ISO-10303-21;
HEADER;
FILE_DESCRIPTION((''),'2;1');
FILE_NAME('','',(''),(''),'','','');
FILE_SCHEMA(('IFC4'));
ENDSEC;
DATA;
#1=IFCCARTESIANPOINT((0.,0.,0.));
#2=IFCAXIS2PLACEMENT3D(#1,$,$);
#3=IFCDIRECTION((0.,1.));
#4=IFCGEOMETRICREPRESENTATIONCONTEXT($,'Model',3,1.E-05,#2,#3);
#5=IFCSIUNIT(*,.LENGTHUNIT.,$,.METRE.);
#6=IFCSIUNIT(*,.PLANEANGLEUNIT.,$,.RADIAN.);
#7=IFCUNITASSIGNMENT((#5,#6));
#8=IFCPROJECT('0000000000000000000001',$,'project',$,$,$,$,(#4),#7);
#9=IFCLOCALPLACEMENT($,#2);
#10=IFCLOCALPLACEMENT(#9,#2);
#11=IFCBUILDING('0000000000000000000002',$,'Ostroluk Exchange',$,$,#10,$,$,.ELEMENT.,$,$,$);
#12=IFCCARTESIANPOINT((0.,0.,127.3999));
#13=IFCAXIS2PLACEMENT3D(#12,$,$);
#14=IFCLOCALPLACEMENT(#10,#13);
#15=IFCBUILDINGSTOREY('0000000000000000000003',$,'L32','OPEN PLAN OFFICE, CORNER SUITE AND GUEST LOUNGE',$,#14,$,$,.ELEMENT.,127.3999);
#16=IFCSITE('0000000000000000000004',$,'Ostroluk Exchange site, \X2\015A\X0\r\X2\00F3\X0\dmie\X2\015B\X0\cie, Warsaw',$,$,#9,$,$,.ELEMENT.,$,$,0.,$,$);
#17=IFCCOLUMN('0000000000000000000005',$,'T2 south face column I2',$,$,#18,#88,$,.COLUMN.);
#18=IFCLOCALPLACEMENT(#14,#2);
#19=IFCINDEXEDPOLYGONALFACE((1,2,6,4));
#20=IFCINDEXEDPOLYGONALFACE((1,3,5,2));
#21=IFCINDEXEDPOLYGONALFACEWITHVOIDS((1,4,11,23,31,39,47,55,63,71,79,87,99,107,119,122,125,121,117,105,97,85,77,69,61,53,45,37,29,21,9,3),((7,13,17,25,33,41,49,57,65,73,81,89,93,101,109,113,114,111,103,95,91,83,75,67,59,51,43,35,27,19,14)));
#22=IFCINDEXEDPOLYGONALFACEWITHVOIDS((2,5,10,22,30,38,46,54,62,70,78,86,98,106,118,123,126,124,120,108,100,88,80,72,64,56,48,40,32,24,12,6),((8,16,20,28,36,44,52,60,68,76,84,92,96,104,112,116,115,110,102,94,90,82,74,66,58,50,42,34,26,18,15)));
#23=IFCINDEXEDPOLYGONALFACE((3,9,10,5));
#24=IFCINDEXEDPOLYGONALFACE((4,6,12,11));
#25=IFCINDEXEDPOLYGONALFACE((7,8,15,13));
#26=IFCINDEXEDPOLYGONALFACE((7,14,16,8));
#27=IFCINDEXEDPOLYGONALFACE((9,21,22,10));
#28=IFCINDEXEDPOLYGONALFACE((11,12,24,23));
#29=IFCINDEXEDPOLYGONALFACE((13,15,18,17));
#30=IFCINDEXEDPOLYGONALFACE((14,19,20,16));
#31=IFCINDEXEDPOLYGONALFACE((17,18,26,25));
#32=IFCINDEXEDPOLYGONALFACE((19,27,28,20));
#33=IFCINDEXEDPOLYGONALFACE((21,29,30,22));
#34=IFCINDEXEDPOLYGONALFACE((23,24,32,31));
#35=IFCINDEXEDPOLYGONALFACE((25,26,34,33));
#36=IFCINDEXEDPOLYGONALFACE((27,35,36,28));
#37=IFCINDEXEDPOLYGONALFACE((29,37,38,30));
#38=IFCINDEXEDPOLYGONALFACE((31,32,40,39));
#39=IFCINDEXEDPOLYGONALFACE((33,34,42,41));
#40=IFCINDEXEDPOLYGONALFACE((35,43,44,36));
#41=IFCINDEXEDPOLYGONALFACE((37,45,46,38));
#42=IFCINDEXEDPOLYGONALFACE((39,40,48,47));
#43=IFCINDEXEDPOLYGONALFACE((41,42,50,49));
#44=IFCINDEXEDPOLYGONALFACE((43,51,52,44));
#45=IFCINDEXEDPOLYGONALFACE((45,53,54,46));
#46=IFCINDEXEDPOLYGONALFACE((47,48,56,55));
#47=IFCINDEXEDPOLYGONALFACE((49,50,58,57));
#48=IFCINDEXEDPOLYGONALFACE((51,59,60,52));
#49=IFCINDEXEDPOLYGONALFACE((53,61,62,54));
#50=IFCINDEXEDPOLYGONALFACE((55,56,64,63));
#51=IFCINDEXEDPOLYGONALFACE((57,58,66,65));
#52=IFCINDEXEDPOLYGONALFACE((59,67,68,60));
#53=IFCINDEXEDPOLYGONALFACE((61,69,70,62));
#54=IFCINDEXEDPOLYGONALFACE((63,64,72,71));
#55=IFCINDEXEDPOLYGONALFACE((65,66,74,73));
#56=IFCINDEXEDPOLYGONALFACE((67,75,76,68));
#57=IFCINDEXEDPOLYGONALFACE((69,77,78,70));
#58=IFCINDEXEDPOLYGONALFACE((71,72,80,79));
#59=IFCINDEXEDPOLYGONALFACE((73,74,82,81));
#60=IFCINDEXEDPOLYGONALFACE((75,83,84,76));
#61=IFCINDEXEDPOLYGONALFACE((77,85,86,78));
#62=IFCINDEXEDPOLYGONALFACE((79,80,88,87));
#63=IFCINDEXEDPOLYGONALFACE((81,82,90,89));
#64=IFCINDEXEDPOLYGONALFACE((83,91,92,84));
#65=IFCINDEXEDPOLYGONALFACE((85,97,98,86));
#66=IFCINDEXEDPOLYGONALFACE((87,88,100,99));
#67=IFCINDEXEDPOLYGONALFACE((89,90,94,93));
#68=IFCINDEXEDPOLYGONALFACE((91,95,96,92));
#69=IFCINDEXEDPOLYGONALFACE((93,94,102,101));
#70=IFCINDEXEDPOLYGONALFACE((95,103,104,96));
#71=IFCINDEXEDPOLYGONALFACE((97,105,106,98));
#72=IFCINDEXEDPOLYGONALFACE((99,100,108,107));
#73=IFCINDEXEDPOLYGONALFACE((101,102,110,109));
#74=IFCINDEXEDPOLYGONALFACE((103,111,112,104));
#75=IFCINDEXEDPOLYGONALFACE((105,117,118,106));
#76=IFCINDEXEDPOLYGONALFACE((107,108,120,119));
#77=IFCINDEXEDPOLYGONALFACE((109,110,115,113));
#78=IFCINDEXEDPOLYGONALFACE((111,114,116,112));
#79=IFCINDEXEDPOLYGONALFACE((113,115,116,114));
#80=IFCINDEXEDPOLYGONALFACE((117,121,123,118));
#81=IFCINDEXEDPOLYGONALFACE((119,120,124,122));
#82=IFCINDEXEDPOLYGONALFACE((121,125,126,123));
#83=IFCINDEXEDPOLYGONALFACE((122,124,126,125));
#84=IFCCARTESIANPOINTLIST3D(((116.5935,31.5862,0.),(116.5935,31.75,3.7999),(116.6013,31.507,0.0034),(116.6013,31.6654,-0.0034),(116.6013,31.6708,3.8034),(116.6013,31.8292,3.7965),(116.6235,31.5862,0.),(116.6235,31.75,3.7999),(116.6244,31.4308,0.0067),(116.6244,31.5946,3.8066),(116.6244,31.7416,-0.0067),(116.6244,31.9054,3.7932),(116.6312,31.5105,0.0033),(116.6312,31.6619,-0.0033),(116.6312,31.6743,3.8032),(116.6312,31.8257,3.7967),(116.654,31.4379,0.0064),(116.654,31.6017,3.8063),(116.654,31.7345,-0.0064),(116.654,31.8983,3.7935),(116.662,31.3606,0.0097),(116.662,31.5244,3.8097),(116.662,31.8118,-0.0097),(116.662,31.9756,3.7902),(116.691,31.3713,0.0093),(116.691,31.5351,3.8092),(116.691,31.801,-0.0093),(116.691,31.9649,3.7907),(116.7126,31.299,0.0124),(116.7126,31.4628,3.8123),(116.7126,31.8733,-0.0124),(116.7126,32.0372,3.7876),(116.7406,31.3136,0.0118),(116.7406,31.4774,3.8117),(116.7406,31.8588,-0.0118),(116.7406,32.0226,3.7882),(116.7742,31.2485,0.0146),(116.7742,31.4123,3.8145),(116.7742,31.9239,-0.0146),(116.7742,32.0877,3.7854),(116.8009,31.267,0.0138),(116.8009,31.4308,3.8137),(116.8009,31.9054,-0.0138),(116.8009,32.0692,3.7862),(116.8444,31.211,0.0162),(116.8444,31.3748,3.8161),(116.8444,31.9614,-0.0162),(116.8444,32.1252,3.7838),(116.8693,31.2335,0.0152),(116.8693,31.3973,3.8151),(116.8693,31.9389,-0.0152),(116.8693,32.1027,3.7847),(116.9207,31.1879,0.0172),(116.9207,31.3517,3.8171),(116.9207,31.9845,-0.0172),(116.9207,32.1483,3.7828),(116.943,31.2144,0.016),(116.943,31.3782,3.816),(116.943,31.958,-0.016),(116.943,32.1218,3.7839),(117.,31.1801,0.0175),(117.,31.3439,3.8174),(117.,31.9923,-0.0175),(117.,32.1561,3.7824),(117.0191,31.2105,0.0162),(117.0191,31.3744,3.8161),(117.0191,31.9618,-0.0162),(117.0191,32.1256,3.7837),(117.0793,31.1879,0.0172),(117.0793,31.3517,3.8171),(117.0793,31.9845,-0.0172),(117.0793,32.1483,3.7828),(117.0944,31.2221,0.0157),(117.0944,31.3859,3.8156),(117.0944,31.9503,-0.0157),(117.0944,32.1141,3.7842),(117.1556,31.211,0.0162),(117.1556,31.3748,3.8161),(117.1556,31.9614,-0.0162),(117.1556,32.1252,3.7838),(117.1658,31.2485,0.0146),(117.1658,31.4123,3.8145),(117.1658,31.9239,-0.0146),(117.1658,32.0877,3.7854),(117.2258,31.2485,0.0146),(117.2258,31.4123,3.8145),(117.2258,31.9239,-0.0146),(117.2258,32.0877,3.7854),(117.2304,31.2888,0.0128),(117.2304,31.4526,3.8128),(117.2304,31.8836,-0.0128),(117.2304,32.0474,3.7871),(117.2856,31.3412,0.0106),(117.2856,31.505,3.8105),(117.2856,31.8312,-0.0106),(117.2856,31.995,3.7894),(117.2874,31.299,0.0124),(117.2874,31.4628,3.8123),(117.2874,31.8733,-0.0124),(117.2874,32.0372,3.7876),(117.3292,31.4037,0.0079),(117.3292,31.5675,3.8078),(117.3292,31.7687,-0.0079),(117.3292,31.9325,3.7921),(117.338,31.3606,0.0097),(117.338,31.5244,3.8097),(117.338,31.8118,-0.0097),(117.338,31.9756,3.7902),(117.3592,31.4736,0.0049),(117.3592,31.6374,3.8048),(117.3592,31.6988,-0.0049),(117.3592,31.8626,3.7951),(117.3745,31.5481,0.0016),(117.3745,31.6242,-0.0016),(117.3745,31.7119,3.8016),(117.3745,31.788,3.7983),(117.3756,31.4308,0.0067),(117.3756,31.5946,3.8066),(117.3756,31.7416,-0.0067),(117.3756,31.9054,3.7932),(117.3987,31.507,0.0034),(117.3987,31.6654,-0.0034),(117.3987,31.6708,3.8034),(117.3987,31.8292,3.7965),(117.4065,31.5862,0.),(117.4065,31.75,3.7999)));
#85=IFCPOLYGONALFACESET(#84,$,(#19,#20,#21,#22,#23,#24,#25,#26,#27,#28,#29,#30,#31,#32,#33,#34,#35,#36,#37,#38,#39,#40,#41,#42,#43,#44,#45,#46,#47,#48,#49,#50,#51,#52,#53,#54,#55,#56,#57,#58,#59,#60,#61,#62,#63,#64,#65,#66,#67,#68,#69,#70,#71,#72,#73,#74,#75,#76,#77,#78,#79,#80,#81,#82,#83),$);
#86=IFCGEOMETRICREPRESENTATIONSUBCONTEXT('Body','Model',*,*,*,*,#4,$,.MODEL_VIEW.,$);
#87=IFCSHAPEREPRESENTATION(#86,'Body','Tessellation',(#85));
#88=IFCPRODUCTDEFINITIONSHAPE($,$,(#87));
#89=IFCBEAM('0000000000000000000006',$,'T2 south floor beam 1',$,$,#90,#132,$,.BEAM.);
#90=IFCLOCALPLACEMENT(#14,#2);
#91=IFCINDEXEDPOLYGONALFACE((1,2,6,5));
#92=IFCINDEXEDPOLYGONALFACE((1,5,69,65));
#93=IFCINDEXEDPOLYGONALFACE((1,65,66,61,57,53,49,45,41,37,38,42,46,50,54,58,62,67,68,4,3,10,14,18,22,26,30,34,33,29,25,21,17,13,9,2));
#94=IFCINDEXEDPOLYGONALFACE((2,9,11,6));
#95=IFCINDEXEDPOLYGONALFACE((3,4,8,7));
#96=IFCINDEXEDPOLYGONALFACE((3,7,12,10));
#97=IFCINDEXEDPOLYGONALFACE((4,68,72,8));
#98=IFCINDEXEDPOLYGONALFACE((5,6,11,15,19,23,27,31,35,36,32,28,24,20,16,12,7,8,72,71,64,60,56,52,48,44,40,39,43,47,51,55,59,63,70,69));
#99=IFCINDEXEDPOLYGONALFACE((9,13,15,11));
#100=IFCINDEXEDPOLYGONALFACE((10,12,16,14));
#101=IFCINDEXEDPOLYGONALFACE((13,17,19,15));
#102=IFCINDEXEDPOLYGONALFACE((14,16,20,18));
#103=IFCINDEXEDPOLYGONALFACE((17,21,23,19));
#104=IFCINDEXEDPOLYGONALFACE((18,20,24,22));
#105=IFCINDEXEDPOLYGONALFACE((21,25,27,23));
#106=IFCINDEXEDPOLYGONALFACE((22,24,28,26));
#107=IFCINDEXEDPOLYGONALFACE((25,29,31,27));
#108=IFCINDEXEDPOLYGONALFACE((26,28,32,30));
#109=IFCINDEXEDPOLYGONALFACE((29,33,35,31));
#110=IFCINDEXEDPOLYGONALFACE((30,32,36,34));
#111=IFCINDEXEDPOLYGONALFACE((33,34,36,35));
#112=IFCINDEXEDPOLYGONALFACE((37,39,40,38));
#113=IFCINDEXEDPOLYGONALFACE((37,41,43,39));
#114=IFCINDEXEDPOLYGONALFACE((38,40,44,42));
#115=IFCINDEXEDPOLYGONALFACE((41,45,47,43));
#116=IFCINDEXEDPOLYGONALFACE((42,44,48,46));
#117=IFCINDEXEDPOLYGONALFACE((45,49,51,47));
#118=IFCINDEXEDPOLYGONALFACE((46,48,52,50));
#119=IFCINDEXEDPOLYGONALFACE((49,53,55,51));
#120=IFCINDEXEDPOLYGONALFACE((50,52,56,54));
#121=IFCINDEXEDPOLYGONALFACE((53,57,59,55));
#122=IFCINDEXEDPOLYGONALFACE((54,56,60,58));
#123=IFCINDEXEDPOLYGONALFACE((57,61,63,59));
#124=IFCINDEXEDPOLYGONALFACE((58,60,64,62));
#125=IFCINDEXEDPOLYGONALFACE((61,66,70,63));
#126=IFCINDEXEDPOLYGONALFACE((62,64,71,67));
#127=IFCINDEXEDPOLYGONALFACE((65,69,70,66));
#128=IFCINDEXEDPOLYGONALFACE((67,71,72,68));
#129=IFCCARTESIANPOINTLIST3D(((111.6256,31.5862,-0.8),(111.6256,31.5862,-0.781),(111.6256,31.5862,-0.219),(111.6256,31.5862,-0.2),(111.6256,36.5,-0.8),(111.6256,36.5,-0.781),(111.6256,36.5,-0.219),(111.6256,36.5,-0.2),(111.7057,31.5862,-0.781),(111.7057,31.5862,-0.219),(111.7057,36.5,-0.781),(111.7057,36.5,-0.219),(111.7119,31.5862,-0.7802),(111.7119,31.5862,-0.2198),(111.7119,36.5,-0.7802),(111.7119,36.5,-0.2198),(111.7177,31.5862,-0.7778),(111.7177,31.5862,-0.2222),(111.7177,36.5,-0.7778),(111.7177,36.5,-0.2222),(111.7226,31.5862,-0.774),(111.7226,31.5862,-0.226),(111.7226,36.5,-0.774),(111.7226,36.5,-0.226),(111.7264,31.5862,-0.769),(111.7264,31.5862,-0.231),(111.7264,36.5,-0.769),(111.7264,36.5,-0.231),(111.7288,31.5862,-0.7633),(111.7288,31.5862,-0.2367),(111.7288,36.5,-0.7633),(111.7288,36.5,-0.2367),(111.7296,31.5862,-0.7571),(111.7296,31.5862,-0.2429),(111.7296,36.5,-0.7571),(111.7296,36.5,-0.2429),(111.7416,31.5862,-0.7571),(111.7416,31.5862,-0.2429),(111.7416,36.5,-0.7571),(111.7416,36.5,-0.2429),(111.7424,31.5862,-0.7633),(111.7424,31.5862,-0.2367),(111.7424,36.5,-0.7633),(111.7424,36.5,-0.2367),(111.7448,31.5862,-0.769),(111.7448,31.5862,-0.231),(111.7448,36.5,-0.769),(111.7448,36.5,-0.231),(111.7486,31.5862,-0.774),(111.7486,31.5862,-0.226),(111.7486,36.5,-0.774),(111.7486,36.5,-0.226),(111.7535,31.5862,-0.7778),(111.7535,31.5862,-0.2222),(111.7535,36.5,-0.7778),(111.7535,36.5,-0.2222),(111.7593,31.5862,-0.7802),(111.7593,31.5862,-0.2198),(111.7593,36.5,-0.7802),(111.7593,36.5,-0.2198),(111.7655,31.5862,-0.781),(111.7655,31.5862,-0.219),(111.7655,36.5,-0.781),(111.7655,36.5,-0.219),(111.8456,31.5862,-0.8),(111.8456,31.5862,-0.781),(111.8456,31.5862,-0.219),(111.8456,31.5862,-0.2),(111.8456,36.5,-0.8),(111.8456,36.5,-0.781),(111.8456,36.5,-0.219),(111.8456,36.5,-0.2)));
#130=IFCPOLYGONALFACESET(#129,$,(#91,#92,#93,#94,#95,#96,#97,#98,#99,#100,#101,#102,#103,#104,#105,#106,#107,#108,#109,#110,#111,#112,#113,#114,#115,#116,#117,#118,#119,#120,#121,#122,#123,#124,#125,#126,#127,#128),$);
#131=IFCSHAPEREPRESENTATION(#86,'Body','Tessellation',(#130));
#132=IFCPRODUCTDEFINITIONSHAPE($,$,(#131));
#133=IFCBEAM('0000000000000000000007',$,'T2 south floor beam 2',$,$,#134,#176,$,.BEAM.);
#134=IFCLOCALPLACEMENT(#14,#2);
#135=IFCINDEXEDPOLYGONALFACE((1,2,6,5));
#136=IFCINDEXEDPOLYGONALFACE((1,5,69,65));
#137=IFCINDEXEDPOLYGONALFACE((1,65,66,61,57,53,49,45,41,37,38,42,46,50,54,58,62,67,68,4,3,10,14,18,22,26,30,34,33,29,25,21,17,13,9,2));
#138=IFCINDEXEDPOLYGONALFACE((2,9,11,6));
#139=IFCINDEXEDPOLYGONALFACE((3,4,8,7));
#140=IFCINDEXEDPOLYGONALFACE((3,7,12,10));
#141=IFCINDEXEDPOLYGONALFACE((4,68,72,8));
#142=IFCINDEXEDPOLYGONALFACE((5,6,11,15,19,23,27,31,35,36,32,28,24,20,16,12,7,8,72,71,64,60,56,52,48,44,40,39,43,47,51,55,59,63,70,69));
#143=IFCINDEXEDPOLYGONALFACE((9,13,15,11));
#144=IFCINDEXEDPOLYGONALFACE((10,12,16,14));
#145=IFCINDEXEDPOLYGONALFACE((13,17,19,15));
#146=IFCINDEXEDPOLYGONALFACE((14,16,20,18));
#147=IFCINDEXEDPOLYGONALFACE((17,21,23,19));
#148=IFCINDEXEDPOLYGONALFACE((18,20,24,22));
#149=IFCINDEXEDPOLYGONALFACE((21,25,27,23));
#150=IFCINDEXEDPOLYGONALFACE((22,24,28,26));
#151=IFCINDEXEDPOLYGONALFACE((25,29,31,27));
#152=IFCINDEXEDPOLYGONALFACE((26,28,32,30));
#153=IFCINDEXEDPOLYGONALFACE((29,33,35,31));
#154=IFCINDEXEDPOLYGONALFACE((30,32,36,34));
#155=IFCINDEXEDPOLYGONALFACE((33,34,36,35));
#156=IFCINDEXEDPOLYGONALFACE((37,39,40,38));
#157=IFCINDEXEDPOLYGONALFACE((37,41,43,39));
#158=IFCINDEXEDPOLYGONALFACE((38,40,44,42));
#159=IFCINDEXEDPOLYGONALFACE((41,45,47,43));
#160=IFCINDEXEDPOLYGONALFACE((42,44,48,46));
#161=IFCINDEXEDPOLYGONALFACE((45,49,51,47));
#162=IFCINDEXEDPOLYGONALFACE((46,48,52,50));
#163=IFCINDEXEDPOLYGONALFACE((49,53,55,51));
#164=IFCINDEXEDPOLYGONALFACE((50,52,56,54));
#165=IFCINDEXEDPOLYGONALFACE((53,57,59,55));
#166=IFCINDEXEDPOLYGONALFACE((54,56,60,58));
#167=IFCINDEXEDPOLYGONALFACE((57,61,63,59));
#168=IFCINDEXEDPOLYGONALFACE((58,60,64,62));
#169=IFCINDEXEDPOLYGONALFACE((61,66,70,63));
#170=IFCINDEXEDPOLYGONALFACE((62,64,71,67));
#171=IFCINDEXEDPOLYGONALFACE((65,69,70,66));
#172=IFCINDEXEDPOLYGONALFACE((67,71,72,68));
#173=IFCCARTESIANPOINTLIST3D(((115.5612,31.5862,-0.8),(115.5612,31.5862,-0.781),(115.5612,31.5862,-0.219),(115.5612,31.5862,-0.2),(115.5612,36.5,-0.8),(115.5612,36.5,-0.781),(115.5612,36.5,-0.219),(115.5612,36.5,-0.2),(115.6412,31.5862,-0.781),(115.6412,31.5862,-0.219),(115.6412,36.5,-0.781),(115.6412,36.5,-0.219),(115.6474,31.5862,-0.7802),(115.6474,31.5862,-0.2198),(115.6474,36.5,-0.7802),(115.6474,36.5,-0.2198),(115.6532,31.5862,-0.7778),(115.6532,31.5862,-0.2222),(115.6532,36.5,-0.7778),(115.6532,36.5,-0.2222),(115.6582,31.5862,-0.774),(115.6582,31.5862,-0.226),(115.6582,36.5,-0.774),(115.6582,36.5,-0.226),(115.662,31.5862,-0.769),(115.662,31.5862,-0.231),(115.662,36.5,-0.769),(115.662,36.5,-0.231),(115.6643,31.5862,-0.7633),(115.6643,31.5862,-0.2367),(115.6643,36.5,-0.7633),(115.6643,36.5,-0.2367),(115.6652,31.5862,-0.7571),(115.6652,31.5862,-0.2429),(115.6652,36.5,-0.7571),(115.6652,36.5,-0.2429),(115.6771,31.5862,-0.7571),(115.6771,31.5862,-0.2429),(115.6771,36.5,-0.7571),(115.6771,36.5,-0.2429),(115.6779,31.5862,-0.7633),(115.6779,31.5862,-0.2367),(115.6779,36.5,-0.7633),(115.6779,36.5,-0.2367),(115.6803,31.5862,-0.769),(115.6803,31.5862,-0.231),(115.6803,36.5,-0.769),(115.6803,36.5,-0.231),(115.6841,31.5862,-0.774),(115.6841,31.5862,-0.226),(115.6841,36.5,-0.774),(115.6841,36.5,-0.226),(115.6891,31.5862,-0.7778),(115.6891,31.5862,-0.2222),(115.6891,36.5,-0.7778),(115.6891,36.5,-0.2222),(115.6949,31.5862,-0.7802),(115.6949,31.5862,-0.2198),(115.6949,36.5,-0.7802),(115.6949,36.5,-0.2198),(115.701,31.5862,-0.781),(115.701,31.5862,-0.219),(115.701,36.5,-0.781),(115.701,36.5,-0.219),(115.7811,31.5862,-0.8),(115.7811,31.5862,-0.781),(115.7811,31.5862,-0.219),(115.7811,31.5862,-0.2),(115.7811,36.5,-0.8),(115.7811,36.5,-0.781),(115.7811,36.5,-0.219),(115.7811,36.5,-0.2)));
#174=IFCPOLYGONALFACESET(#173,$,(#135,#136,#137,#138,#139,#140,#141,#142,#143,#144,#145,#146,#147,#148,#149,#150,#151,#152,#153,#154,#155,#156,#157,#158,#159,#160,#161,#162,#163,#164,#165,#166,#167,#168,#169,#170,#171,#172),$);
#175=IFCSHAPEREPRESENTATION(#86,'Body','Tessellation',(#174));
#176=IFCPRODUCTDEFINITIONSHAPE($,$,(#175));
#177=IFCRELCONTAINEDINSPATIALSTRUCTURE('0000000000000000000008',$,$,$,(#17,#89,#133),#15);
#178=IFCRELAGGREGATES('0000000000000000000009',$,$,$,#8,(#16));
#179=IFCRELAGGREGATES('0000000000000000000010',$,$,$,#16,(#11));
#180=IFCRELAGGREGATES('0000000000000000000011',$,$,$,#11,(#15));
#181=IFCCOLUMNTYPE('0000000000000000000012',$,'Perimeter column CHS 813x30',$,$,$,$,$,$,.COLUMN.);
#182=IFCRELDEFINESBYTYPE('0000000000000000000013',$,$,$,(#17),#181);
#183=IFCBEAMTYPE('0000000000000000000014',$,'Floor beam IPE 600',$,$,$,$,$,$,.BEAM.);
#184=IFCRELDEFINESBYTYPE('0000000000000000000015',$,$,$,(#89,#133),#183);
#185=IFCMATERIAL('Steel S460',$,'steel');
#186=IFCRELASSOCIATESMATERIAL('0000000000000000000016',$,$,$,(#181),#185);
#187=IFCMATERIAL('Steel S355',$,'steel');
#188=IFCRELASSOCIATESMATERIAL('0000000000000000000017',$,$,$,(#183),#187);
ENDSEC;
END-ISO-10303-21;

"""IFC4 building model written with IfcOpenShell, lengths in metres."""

from ifc_helpers import new_model, si_unit, direction, frame, origin, origin_2d, place, context, subcontext, project, spatial, hollow_circle, i_section, extrude, material, material_profile, profile_set, type_object, element, save


model = new_model("IFC4")

# Units and contexts
model_context = context("Model", 3, precision=1e-05, world=origin(), true_north=direction((0.0, 1.0)))
body_context = subcontext(model_context, "Body", "Model", "MODEL_VIEW")
ifc_project = project(units=[si_unit("LENGTHUNIT", "METRE"), si_unit("PLANEANGLEUNIT", "RADIAN")], contexts=[model_context])

# Site, building, storey
site_placement = place(None, origin())
site = spatial("IfcSite", under=ifc_project, at=site_placement, Name="Ostroluk Exchange site, Śródmieście, Warsaw", CompositionType="ELEMENT", RefElevation=0.0)
building_placement = place(site_placement, origin())
building = spatial("IfcBuilding", under=site, at=building_placement, Name="Ostroluk Exchange", CompositionType="ELEMENT")
storey_placement = place(building_placement, frame((0.0, 0.0, 127.3999)))
storey = spatial("IfcBuildingStorey", under=building, at=storey_placement, Name="L32", Description="OPEN PLAN OFFICE, CORNER SUITE AND GUEST LOUNGE", CompositionType="ELEMENT", Elevation=127.3999)

# Column
ifc_material_1 = material(Name="Steel S460", Category="steel")
ifc_material_profile_1 = material_profile(ifc_material_1, hollow_circle(Radius=0.4065, WallThickness=0.03, at=origin_2d()), Name="CHS 813x30")
ifc_profile_set_1 = profile_set([ifc_material_profile_1], Name="Steel S460")
column_type = type_object("IfcColumnType", Name="Perimeter column CHS 813x30", PredefinedType="COLUMN", material=ifc_profile_set_1)
column_placement = place(storey_placement, frame((117.0, 31.5862, 0.0), z_axis=(0.0, 0.04307, 0.999072), x_axis=(-1.0, 0.0, 0.0)))
element("IfcColumn", 1, at=column_placement, inside=storey, type_object=column_type, Name="T2 south face column I2", PredefinedType="COLUMN", context=body_context, shape_type="SweptSolid", body=[
    extrude(hollow_circle(Radius=0.4065, WallThickness=0.03, at=origin_2d()), origin(), (0.0, 0.0, 1.0), 3.8035),
])

# Beams
ifc_material_2 = material(Name="Steel S355", Category="steel")
ifc_material_profile_2 = material_profile(ifc_material_2, i_section(OverallWidth=0.22, OverallDepth=0.6001, WebThickness=0.012, FlangeThickness=0.019, FilletRadius=0.0239, at=origin_2d()), Name="IPE 600")
ifc_profile_set_2 = profile_set([ifc_material_profile_2], Name="Steel S355")
beam_type_1 = type_object("IfcBeamType", Name="Floor beam IPE 600", PredefinedType="BEAM", material=ifc_profile_set_2)
for number, where, z_axis, x_axis, name in (
    (2, (111.7356, 36.5, -0.5), (0.0, -1.0, 0.0), (1.0, 0.0, 0.0), "T2 south floor beam 1"),
    (3, (115.6711, 36.5, -0.5), (0.0, -1.0, 0.0), (1.0, 0.0, 0.0), "T2 south floor beam 2"),
):
    element("IfcBeam", number, at=place(storey_placement, frame(where, z_axis=z_axis, x_axis=x_axis)), inside=storey, type_object=beam_type_1, Name=name, PredefinedType="BEAM", context=body_context, shape_type="SweptSolid", body=[
        extrude(i_section(OverallWidth=0.22, OverallDepth=0.6001, WebThickness=0.012, FlangeThickness=0.019, FilletRadius=0.0239, at=origin_2d()), origin(), (0.0, 0.0, 1.0), 4.9138),
    ])

save(model, "model.ifc")
